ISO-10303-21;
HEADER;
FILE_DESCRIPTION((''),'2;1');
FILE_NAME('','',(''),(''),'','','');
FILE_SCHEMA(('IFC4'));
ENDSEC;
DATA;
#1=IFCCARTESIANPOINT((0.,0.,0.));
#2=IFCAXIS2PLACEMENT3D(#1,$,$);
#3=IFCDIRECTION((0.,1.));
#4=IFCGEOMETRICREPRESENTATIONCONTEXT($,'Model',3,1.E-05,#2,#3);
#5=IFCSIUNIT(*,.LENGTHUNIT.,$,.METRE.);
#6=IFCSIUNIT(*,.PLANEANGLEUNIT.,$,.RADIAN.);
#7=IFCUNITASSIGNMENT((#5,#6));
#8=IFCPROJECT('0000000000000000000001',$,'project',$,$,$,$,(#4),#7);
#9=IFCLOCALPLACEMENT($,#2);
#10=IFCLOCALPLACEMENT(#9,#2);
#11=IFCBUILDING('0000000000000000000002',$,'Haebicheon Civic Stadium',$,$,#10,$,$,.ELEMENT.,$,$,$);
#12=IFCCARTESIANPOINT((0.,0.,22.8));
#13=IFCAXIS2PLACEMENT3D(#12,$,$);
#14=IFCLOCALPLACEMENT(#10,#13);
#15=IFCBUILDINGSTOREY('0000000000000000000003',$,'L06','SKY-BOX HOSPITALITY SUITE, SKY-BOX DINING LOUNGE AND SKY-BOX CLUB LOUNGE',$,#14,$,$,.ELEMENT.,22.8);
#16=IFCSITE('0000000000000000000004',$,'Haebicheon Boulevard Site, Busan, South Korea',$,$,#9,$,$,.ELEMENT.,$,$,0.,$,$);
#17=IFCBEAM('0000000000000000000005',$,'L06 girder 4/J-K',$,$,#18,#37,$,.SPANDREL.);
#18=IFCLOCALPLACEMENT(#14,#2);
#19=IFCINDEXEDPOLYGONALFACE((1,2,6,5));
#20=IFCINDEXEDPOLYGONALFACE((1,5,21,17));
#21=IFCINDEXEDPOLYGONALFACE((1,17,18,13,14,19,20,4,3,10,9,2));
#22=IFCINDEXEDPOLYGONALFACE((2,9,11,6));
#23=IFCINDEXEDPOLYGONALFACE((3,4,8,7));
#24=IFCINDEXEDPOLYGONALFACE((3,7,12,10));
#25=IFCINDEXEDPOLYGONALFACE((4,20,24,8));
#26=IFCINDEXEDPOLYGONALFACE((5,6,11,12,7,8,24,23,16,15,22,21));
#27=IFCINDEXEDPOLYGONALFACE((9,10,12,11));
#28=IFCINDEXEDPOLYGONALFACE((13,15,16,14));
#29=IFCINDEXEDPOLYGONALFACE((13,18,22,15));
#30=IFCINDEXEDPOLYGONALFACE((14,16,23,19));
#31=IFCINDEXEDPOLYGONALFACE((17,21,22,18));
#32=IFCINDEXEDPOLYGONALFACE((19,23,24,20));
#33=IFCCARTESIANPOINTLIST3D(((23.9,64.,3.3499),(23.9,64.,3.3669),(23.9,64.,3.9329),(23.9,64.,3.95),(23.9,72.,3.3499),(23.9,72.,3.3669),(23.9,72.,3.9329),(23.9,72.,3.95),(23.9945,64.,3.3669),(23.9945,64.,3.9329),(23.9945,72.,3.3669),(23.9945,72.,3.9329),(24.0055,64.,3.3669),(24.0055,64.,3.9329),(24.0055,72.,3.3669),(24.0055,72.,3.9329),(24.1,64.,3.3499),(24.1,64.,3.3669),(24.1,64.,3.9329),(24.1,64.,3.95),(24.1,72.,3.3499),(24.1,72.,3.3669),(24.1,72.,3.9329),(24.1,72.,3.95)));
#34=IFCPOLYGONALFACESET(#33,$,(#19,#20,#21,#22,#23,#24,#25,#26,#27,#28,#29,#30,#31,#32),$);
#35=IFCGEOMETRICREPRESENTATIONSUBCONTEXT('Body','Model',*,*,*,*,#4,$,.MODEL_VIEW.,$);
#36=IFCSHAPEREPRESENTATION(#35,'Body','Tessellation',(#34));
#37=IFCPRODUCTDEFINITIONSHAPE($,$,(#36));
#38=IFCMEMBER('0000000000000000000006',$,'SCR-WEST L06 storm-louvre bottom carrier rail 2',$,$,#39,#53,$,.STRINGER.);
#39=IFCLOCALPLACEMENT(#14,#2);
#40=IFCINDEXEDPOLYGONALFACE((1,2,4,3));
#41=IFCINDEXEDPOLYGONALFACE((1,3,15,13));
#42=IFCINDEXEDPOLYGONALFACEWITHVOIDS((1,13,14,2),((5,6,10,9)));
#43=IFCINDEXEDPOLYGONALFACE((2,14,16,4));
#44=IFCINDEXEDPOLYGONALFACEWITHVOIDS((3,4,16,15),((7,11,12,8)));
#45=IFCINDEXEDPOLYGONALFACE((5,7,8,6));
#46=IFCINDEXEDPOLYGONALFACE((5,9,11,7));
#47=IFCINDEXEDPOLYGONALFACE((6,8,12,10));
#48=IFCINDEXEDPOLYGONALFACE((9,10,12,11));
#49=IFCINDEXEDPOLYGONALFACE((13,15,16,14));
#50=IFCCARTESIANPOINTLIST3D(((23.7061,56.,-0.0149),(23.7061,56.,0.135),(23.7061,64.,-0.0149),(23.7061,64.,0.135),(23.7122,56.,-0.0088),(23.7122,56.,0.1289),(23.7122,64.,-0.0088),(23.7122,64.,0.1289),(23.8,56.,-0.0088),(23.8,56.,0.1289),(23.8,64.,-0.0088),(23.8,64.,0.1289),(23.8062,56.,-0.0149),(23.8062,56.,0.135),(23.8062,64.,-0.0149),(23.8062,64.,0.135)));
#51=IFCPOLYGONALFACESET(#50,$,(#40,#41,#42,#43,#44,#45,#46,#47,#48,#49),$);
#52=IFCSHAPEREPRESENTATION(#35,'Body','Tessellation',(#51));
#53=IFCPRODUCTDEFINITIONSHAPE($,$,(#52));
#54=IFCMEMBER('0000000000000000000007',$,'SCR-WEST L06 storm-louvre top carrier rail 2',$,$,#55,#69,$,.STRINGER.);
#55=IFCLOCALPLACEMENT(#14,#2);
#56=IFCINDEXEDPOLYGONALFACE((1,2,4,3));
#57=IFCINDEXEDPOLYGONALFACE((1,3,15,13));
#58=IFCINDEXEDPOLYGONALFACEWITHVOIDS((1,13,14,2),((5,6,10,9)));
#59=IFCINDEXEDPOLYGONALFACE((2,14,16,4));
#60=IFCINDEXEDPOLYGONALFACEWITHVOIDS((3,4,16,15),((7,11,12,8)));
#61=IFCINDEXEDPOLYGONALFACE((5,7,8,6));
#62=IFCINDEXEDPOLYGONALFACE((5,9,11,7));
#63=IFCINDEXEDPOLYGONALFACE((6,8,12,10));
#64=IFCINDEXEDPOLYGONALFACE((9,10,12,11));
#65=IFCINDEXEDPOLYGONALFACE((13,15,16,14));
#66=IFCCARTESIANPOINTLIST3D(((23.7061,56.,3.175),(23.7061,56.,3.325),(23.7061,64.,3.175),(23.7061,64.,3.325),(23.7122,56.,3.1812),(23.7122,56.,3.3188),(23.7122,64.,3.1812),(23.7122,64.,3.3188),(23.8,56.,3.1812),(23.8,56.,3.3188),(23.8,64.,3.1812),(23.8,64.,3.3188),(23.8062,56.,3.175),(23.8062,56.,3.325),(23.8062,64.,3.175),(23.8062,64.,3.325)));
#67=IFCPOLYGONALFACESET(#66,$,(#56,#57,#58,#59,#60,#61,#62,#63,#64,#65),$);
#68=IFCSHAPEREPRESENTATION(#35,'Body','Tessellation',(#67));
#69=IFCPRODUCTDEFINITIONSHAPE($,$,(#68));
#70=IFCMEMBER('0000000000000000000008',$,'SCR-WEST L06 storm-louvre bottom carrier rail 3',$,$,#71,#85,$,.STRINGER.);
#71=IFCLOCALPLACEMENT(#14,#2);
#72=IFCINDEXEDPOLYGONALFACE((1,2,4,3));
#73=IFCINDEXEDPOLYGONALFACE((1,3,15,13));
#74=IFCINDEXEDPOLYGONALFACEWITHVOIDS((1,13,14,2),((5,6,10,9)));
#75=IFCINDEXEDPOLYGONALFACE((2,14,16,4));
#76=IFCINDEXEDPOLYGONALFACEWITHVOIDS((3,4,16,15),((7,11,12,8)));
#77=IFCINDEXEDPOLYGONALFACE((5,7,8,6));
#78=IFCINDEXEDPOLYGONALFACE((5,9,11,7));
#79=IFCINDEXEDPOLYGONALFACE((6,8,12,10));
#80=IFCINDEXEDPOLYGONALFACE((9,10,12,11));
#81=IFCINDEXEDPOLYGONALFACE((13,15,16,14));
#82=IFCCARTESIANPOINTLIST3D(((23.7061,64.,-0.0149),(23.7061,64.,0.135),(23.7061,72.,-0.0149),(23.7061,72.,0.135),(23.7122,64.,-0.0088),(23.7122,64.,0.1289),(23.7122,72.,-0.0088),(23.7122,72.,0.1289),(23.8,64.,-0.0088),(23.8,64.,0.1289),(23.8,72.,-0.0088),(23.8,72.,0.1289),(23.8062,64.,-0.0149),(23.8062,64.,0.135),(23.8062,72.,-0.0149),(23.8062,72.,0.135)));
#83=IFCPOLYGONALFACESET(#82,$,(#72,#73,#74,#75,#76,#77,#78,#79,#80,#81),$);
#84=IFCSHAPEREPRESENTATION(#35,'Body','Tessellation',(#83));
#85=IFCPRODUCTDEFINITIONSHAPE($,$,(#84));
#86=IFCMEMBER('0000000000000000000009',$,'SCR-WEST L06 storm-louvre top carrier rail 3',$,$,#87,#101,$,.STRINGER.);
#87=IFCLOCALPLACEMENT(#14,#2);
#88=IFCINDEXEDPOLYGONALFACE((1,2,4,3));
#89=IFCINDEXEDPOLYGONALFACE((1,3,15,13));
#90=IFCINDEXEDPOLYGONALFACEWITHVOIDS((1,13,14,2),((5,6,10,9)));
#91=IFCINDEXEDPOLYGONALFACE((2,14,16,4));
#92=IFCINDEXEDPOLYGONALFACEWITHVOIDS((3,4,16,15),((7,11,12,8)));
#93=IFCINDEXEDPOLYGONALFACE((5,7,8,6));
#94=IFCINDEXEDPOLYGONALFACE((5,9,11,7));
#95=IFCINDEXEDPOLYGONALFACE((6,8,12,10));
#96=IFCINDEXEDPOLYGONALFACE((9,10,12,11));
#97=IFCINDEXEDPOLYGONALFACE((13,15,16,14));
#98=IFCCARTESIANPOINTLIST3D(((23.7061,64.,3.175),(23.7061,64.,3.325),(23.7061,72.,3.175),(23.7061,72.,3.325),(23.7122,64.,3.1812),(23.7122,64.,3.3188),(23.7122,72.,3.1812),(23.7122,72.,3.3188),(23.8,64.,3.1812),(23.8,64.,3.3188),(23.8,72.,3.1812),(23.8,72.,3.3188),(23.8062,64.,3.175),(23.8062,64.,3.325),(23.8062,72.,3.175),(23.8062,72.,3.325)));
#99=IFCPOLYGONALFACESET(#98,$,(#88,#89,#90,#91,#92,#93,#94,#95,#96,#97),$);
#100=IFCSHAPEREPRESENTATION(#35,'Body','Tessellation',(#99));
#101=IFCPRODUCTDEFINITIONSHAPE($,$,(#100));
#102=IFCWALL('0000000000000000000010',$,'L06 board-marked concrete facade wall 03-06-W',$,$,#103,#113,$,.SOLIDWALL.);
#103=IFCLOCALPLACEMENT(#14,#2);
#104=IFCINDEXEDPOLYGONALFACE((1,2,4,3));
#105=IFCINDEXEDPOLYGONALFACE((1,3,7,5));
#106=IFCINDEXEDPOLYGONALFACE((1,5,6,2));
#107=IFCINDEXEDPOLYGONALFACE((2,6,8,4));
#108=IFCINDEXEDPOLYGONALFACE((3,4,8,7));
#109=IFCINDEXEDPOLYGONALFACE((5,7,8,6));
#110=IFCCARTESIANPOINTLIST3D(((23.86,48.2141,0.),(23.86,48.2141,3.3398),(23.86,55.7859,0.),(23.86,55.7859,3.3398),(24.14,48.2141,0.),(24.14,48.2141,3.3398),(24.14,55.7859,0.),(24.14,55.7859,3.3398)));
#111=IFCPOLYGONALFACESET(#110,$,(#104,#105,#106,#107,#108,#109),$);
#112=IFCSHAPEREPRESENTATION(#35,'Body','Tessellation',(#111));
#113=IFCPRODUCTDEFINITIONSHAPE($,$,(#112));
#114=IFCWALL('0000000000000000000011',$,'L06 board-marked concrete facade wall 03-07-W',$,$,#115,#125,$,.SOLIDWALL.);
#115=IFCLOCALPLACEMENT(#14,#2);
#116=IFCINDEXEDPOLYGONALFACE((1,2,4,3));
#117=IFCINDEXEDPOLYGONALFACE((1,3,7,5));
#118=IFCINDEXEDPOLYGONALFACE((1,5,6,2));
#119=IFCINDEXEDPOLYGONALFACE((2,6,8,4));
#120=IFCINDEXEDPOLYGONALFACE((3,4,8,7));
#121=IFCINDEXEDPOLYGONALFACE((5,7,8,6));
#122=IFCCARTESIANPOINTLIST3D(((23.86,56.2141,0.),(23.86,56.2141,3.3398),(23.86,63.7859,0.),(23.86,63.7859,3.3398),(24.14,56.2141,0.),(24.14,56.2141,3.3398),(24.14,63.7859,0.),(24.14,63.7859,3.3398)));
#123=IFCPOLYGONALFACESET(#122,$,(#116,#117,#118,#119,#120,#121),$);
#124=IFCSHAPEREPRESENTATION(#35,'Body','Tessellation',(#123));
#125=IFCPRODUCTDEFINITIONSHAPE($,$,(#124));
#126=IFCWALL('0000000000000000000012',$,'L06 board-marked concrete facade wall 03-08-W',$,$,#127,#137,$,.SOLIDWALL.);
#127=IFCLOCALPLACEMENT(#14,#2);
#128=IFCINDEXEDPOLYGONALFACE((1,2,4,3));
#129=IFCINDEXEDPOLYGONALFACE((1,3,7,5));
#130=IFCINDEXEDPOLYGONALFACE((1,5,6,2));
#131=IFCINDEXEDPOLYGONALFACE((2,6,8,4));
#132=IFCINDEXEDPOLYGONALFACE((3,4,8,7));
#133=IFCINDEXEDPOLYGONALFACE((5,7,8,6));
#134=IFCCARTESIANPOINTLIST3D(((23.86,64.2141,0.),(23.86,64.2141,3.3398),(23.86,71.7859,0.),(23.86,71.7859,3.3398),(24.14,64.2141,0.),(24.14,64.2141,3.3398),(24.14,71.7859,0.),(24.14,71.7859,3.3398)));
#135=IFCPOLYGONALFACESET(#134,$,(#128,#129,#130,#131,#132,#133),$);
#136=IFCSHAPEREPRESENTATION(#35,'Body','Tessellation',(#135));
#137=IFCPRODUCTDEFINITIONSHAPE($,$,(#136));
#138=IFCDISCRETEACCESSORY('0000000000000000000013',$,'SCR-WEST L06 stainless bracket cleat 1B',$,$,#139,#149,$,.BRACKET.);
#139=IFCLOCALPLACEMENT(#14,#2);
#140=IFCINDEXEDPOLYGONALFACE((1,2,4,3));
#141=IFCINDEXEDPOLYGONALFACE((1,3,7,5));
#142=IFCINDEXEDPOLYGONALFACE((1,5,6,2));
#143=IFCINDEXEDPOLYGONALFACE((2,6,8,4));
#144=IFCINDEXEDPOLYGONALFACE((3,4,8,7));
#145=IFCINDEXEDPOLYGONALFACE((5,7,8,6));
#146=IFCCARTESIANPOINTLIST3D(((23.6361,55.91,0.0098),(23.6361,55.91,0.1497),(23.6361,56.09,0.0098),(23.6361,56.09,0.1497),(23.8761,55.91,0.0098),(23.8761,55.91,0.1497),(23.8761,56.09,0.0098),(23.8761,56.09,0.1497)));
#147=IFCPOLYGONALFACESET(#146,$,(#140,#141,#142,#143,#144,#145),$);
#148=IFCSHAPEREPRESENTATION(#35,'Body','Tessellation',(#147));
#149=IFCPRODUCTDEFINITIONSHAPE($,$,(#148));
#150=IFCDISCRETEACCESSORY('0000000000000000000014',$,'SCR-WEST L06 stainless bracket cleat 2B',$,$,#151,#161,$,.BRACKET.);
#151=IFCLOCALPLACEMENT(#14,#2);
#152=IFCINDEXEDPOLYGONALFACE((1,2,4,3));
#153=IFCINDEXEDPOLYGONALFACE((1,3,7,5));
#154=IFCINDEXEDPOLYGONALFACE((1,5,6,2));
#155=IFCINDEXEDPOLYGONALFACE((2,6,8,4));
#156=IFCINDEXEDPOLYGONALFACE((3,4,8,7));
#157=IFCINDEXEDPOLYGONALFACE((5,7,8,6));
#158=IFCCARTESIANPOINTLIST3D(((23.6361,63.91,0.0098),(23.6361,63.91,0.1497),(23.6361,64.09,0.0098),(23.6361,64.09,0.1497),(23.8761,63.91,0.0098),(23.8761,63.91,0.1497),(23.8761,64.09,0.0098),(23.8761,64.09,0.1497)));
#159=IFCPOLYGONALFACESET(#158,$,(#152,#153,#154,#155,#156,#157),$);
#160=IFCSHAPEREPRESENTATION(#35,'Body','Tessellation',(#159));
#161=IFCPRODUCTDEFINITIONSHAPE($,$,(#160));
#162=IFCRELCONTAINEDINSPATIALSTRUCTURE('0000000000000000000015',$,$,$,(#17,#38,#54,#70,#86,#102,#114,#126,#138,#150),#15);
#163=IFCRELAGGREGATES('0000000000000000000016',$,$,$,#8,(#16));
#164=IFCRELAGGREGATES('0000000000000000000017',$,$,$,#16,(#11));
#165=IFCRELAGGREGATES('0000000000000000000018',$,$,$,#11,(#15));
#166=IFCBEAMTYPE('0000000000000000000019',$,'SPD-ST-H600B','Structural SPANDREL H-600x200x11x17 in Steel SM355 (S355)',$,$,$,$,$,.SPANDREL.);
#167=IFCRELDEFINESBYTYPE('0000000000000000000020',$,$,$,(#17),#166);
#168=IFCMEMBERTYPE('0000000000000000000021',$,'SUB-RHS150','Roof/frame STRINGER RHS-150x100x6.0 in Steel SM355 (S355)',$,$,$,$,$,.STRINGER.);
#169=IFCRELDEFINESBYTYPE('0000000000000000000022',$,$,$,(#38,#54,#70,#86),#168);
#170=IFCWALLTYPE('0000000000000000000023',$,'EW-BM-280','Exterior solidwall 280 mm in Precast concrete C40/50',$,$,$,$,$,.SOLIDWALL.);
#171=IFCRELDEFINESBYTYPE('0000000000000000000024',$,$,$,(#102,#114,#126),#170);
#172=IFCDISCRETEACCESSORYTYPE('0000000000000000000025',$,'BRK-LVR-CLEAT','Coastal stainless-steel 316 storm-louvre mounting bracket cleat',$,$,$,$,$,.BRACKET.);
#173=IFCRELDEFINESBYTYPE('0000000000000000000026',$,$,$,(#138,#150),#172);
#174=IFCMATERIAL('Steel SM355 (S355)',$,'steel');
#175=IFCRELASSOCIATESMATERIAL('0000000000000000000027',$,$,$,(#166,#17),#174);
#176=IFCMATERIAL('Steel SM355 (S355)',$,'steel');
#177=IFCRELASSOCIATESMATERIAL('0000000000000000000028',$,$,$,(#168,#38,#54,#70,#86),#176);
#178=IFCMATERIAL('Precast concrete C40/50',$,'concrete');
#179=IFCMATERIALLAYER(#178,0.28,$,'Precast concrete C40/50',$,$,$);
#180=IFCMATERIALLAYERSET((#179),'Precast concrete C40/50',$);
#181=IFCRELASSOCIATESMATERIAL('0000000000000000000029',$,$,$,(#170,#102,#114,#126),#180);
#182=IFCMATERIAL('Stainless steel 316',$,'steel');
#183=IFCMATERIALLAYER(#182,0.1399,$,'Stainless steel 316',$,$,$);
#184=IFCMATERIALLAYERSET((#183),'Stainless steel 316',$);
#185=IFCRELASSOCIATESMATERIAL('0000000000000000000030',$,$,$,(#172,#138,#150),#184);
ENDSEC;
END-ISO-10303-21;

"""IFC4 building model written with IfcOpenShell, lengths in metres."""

from ifc_helpers import new_model, si_unit, direction, frame, frame_2d, origin, origin_2d, place, context, subcontext, project, spatial, rectangle, hollow_rectangle, i_section, extrude, material, layer, layer_set, material_profile, profile_set, type_object, element, save


model = new_model("IFC4")

# Units and contexts
model_context = context("Model", 3, precision=1e-05, world=origin(), true_north=direction((0.0, 1.0)))
body_context = subcontext(model_context, "Body", "Model", "MODEL_VIEW")
ifc_project = project(units=[si_unit("LENGTHUNIT", "METRE"), si_unit("PLANEANGLEUNIT", "RADIAN")], contexts=[model_context])

# Site, building, storey
site_placement = place(None, origin())
site = spatial("IfcSite", under=ifc_project, at=site_placement, Name="Haebicheon Boulevard Site, Busan, South Korea", CompositionType="ELEMENT", RefElevation=0.0)
building_placement = place(site_placement, origin())
building = spatial("IfcBuilding", under=site, at=building_placement, Name="Haebicheon Civic Stadium", CompositionType="ELEMENT")
storey_placement = place(building_placement, frame((0.0, 0.0, 22.8)))
storey = spatial("IfcBuildingStorey", under=building, at=storey_placement, Name="L06", Description="SKY-BOX HOSPITALITY SUITE, SKY-BOX DINING LOUNGE AND SKY-BOX CLUB LOUNGE", CompositionType="ELEMENT", Elevation=22.8)

# Beam
ifc_material_1 = material(Name="Steel SM355 (S355)", Category="steel")
ifc_material_profile_1 = material_profile(ifc_material_1, i_section(OverallWidth=0.2, OverallDepth=0.6001, WebThickness=0.011, FlangeThickness=0.0171, at=origin_2d()), Name="H-600x200x11x17")
ifc_profile_set_1 = profile_set([ifc_material_profile_1], Name="Steel SM355 (S355)")
beam_type_1 = type_object("IfcBeamType", Name="SPD-ST-H600B", Description="Structural SPANDREL H-600x200x11x17 in Steel SM355 (S355)", PredefinedType="SPANDREL", material=ifc_profile_set_1)
for number, where, z_axis, x_axis, name in (
    (1, (24.0, 64.0, 3.6499), (0.0, 1.0, 0.0), (-1.0, 0.0, 0.0), "L06 girder 4/J-K"),
):
    element("IfcBeam", number, at=place(storey_placement, frame(where, z_axis=z_axis, x_axis=x_axis)), inside=storey, type_object=beam_type_1, material=ifc_profile_set_1, Name=name, PredefinedType="SPANDREL", context=body_context, shape_type="SweptSolid", body=[
        extrude(i_section(OverallWidth=0.2, OverallDepth=0.6001, WebThickness=0.011, FlangeThickness=0.0171, at=origin_2d()), origin(), (0.0, 0.0, 1.0), 8.0),
    ])

# Members
ifc_material_2 = material(Name="Steel SM355 (S355)", Category="steel")
ifc_material_profile_2 = material_profile(ifc_material_2, hollow_rectangle(XDim=0.1001, YDim=0.1499, WallThickness=0.0061, at=origin_2d()), Name="RHS-150x100x6.0")
ifc_profile_set_2 = profile_set([ifc_material_profile_2], Name="Steel SM355 (S355)")
member_type_1 = type_object("IfcMemberType", Name="SUB-RHS150", Description="Roof/frame STRINGER RHS-150x100x6.0 in Steel SM355 (S355)", PredefinedType="STRINGER", material=ifc_profile_set_2)
for number, where, z_axis, x_axis, name in (
    (2, (23.7561, 56.0, 0.0601), (0.0, 1.0, 0.0), (-1.0, 0.0, 0.0), "SCR-WEST L06 storm-louvre bottom carrier rail 2"),
    (3, (23.7561, 56.0, 3.25), (0.0, 1.0, 0.0), (-1.0, 0.0, 0.0), "SCR-WEST L06 storm-louvre top carrier rail 2"),
    (4, (23.7561, 64.0, 0.0601), (0.0, 1.0, 0.0), (-1.0, 0.0, 0.0), "SCR-WEST L06 storm-louvre bottom carrier rail 3"),
    (5, (23.7561, 64.0, 3.25), (0.0, 1.0, 0.0), (-1.0, 0.0, 0.0), "SCR-WEST L06 storm-louvre top carrier rail 3"),
):
    element("IfcMember", number, at=place(storey_placement, frame(where, z_axis=z_axis, x_axis=x_axis)), inside=storey, type_object=member_type_1, material=ifc_profile_set_2, Name=name, PredefinedType="STRINGER", context=body_context, shape_type="SweptSolid", body=[
        extrude(hollow_rectangle(XDim=0.1001, YDim=0.1499, WallThickness=0.0061, at=origin_2d()), origin(), (0.0, 0.0, 1.0), 8.0),
    ])

# Walls
ifc_material_3 = material(Name="Precast concrete C40/50", Category="concrete")
ifc_layer_1 = layer(ifc_material_3, 0.28, Name="Precast concrete C40/50")
ifc_layer_set_1 = layer_set([ifc_layer_1], Name="Precast concrete C40/50")
wall_type = type_object("IfcWallType", Name="EW-BM-280", Description="Exterior solidwall 280 mm in Precast concrete C40/50", PredefinedType="SOLIDWALL", material=ifc_layer_set_1)
for number, where, z_axis, x_axis, name in (
    (6, (24.0, 48.2141, 0.0), (0.0, 0.0, 1.0), (0.0, 1.0, 0.0), "L06 board-marked concrete facade wall 03-06-W"),
    (7, (24.0, 56.2141, 0.0), (0.0, 0.0, 1.0), (0.0, 1.0, 0.0), "L06 board-marked concrete facade wall 03-07-W"),
    (8, (24.0, 64.2141, 0.0), (0.0, 0.0, 1.0), (0.0, 1.0, 0.0), "L06 board-marked concrete facade wall 03-08-W"),
):
    element("IfcWall", number, at=place(storey_placement, frame(where, z_axis=z_axis, x_axis=x_axis)), inside=storey, type_object=wall_type, material=ifc_layer_set_1, Name=name, PredefinedType="SOLIDWALL", context=body_context, shape_type="SweptSolid", body=[
        extrude(rectangle(XDim=7.5718, YDim=0.28, at=frame_2d((3.7859, 0.0))), origin(), (0.0, 0.0, 1.0), 3.3398),
    ])

# Discrete accessories
ifc_material_4 = material(Name="Stainless steel 316", Category="steel")
ifc_layer_2 = layer(ifc_material_4, 0.1399, Name="Stainless steel 316")
ifc_layer_set_2 = layer_set([ifc_layer_2], Name="Stainless steel 316")
discrete_accessory_type = type_object("IfcDiscreteAccessoryType", Name="BRK-LVR-CLEAT", Description="Coastal stainless-steel 316 storm-louvre mounting bracket cleat", PredefinedType="BRACKET", material=ifc_layer_set_2)
for number, where, z_axis, x_axis, name in (
    (9, (23.7561, 56.0, 0.0098), (0.0, 0.0, 1.0), (1.0, 0.0, 0.0), "SCR-WEST L06 stainless bracket cleat 1B"),
    (10, (23.7561, 64.0, 0.0098), (0.0, 0.0, 1.0), (1.0, 0.0, 0.0), "SCR-WEST L06 stainless bracket cleat 2B"),
):
    element("IfcDiscreteAccessory", number, at=place(storey_placement, frame(where, z_axis=z_axis, x_axis=x_axis)), inside=storey, type_object=discrete_accessory_type, material=ifc_layer_set_2, Name=name, PredefinedType="BRACKET", context=body_context, shape_type="SweptSolid", body=[
        extrude(rectangle(XDim=0.24, YDim=0.1799, at=origin_2d()), origin(), (0.0, 0.0, 1.0), 0.1399),
    ])

save(model, "model.ifc")
